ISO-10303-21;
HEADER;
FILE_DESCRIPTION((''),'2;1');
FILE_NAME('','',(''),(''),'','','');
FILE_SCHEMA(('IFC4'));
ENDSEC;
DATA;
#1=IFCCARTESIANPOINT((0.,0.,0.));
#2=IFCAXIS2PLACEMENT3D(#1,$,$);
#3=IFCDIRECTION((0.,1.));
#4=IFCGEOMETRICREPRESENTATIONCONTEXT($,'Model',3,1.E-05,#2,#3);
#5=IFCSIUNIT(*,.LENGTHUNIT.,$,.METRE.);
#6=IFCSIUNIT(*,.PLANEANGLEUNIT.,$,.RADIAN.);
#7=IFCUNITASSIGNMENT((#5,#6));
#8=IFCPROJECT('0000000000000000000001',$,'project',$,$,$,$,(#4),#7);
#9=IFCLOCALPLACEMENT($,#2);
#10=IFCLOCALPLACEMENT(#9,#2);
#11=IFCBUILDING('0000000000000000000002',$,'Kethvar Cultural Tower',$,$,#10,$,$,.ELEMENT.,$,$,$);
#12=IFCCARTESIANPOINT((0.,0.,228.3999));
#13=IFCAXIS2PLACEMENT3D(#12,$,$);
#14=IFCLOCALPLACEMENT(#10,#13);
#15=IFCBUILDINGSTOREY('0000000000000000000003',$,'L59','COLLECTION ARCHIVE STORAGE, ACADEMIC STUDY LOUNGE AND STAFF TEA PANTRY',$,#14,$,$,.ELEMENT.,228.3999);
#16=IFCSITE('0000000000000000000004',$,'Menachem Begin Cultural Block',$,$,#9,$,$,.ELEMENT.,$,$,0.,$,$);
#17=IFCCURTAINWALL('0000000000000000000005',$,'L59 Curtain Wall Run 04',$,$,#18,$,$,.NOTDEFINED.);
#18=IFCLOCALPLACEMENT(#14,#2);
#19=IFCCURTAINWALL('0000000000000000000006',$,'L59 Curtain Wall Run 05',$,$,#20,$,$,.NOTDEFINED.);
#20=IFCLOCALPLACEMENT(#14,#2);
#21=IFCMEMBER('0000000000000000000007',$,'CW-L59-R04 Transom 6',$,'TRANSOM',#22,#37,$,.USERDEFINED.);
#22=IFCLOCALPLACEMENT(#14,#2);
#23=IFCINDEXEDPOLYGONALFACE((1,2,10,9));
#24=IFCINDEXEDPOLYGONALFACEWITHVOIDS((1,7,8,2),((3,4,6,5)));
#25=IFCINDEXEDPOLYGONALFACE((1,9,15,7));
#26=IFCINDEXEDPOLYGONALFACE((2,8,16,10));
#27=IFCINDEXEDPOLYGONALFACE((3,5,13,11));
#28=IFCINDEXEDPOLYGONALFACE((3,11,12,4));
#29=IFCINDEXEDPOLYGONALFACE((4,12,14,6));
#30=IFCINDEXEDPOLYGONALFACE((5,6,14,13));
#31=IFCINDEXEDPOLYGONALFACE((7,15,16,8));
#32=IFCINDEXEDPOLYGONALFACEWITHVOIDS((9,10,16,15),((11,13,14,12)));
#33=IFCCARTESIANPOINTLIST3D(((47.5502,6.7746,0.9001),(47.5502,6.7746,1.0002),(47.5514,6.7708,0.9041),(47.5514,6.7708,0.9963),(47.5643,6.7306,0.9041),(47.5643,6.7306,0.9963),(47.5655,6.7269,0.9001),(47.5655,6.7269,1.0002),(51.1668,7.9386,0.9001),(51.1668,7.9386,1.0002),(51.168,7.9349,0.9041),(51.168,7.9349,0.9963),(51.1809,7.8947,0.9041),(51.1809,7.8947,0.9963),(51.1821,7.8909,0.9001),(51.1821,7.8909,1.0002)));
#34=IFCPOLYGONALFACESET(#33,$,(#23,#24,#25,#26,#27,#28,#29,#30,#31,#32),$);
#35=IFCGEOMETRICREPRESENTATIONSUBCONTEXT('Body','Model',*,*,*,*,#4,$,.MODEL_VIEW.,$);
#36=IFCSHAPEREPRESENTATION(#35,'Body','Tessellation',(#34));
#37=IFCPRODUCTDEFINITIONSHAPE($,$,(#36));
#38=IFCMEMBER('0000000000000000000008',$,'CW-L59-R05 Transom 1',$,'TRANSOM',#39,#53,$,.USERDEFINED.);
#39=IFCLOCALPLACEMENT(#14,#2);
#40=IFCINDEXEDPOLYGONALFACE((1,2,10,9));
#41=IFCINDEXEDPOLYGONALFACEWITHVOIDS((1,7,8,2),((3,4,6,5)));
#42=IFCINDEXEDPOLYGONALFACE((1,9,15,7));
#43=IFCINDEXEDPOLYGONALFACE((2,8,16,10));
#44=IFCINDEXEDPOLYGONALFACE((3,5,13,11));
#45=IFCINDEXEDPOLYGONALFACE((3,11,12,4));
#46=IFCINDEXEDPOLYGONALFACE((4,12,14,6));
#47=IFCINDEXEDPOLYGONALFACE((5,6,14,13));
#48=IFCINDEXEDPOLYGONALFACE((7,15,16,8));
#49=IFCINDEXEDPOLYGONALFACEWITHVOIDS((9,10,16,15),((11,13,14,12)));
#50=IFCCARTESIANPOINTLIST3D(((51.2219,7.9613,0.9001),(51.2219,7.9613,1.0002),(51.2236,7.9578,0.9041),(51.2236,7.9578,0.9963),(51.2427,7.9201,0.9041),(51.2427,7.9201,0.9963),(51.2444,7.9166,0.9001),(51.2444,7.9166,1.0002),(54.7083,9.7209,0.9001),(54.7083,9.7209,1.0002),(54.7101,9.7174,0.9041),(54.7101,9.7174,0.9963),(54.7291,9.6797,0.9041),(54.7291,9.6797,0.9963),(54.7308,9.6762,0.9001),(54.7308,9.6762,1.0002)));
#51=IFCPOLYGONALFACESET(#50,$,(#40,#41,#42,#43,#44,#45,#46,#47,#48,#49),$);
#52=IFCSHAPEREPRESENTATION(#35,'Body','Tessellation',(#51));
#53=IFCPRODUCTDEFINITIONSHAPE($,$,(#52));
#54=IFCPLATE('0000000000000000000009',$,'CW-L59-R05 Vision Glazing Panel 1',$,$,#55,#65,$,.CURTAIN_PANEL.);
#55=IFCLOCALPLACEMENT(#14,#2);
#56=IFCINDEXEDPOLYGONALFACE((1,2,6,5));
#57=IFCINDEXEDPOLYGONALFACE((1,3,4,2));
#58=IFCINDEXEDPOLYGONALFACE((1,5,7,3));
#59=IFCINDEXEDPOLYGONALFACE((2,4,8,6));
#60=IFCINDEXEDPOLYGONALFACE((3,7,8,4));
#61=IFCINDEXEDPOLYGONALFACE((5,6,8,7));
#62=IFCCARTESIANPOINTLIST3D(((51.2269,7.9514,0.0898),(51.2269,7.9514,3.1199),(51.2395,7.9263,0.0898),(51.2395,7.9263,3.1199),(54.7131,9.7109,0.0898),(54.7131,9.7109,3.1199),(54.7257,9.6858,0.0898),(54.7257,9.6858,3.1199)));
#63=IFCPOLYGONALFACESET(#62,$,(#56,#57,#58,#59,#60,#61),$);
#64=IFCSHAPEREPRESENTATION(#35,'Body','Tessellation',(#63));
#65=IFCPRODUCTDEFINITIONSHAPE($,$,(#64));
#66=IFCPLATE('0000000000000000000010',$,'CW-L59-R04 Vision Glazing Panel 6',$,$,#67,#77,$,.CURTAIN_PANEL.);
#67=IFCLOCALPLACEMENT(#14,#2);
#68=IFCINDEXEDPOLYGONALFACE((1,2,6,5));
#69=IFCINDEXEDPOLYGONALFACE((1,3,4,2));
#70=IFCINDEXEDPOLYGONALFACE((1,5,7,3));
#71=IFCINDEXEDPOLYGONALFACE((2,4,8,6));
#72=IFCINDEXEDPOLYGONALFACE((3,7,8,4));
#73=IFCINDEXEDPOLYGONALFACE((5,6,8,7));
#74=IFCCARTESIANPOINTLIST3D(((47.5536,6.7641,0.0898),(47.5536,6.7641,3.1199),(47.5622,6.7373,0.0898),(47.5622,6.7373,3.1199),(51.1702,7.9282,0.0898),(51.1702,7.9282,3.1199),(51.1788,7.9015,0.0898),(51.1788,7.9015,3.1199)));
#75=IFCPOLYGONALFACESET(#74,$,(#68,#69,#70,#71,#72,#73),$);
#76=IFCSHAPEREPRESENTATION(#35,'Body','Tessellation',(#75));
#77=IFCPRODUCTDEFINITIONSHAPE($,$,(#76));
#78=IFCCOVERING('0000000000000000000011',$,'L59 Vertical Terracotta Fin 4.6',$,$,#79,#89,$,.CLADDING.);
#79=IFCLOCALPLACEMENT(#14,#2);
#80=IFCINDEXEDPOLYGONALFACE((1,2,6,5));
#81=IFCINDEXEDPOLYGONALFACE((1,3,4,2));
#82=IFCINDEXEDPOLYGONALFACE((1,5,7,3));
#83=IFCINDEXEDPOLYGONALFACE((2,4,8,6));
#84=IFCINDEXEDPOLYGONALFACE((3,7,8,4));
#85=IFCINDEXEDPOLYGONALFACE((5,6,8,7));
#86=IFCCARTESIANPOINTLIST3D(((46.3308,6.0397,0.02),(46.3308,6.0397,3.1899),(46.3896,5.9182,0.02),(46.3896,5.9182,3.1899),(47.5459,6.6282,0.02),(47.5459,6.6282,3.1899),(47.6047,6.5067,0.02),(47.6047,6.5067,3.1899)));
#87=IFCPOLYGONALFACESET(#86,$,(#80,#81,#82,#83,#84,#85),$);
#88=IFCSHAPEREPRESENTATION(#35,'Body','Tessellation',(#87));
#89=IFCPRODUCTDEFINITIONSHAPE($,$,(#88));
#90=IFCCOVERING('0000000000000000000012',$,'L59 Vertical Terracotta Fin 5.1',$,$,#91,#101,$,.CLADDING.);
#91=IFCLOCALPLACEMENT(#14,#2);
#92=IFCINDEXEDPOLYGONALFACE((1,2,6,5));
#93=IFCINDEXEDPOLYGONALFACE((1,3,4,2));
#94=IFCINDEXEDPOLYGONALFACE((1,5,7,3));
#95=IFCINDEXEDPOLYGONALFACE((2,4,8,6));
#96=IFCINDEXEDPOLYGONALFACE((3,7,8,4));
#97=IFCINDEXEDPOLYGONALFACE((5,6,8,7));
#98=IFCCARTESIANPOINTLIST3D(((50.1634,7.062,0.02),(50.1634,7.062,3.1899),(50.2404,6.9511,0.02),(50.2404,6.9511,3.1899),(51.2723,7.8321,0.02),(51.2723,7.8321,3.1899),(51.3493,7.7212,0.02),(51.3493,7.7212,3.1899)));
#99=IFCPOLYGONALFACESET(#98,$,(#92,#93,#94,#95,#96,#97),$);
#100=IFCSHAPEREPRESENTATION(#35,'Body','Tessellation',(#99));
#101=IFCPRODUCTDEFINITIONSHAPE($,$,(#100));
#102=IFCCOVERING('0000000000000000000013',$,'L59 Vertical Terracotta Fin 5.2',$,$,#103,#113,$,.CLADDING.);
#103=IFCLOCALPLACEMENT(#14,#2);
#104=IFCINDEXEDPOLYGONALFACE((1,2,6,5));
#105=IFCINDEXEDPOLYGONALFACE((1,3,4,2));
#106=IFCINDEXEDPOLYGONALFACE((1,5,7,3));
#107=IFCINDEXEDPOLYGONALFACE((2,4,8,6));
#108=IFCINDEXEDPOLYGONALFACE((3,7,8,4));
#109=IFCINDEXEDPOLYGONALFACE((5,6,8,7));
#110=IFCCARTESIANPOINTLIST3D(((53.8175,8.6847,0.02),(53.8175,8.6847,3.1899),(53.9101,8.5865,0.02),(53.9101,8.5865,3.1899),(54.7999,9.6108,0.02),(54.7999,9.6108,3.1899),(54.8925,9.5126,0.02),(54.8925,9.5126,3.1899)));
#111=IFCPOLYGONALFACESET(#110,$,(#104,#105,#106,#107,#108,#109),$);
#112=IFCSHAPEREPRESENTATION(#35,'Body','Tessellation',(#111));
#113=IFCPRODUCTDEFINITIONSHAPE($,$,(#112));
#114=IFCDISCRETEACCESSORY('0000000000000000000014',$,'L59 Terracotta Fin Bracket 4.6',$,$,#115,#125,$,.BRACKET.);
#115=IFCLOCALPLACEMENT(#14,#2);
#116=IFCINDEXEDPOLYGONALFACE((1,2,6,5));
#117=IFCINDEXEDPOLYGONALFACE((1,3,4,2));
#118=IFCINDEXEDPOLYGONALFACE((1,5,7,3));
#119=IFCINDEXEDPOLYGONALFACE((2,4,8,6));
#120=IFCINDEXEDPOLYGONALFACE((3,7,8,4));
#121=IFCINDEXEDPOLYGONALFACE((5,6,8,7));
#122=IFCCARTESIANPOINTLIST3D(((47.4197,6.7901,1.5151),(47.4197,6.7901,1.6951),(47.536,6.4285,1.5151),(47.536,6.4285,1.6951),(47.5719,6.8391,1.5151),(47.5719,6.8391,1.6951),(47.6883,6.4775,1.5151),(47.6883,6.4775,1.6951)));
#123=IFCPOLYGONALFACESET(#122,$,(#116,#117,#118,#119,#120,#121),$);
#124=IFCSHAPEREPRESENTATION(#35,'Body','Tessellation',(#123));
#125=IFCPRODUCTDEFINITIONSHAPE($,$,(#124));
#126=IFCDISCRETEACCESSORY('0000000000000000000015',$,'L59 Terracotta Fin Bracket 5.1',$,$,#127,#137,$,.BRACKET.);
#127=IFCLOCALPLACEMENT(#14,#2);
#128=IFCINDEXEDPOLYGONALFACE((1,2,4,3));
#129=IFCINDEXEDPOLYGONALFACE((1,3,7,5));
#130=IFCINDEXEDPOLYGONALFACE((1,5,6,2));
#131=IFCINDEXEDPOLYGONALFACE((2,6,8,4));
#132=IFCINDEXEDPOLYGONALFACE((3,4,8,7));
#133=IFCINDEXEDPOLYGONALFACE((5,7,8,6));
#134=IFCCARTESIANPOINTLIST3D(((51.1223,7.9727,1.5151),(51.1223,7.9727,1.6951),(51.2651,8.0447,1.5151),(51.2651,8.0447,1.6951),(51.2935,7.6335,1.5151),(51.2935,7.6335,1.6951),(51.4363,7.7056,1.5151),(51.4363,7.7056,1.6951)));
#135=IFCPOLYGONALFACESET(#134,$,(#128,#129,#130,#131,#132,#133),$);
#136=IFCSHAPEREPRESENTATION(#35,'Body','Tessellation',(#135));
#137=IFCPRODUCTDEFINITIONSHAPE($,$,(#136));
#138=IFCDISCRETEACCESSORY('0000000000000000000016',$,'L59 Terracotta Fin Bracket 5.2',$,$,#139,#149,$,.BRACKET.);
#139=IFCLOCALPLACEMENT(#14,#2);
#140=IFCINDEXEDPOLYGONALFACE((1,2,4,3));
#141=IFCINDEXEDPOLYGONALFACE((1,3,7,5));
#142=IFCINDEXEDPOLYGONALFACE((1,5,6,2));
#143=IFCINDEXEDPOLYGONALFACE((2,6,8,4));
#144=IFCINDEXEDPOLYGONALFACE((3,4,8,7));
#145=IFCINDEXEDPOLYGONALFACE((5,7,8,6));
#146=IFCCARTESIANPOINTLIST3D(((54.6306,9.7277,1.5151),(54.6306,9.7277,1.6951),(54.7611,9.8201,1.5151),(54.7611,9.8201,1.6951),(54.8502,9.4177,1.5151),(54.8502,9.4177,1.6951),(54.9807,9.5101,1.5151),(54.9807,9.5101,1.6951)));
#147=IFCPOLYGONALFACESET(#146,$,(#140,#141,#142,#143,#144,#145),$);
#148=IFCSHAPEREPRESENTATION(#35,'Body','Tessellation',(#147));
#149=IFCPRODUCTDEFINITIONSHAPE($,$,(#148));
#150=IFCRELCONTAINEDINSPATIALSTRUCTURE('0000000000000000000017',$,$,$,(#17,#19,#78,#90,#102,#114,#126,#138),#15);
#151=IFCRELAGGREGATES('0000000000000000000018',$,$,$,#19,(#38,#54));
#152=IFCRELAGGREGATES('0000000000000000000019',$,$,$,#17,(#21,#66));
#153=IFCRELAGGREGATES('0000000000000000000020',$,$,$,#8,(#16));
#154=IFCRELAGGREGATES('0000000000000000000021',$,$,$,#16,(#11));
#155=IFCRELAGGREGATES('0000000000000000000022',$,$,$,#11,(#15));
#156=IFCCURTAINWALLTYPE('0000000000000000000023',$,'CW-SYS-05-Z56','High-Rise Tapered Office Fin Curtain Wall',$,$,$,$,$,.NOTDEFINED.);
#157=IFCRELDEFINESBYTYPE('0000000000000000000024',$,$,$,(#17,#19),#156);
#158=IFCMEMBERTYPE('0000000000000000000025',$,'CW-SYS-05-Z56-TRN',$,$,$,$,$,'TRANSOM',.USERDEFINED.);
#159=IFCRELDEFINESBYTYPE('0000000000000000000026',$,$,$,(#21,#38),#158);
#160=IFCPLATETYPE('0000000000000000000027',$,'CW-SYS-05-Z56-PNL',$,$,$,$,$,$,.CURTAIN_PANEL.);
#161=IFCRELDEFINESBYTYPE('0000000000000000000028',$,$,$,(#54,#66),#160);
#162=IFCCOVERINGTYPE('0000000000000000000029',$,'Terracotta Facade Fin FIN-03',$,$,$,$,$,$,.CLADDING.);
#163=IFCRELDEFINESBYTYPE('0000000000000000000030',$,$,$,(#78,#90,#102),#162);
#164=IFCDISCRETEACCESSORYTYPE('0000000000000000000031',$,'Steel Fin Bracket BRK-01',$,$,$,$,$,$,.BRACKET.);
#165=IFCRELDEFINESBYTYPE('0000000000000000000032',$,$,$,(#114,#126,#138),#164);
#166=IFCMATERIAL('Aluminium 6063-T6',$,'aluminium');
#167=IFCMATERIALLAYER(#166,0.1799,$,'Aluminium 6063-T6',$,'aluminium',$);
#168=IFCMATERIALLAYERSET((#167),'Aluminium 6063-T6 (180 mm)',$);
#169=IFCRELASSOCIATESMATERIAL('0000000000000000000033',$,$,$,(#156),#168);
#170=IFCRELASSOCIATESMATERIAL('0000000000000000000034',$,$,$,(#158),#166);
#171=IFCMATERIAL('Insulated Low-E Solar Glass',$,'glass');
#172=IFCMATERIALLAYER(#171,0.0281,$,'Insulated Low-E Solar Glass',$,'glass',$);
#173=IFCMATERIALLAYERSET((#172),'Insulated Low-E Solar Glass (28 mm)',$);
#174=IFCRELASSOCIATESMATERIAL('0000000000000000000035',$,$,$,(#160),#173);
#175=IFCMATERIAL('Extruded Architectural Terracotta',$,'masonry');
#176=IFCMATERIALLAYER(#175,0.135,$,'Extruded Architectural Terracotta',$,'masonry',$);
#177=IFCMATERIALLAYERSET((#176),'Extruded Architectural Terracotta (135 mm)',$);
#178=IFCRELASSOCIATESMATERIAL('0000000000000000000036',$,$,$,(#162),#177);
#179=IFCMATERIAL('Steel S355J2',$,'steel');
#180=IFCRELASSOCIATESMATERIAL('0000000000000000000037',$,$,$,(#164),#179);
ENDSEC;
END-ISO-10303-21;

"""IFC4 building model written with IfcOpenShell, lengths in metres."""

from ifc_helpers import new_model, si_unit, direction, frame, origin, origin_2d, place, context, subcontext, project, spatial, rectangle, hollow_rectangle, extrude, source, transform, mapped, material, layer, layer_set, material_profile, profile_set, type_object, element, aggregate, save


model = new_model("IFC4")

# Units and contexts
model_context = context("Model", 3, precision=1e-05, world=origin(), true_north=direction((0.0, 1.0)))
body_context = subcontext(model_context, "Body", "Model", "MODEL_VIEW")
ifc_project = project(units=[si_unit("LENGTHUNIT", "METRE"), si_unit("PLANEANGLEUNIT", "RADIAN")], contexts=[model_context])

# Site, building, storey
site_placement = place(None, origin())
site = spatial("IfcSite", under=ifc_project, at=site_placement, Name="Menachem Begin Cultural Block", CompositionType="ELEMENT", RefElevation=0.0)
building_placement = place(site_placement, origin())
building = spatial("IfcBuilding", under=site, at=building_placement, Name="Kethvar Cultural Tower", CompositionType="ELEMENT")
storey_placement = place(building_placement, frame((0.0, 0.0, 228.3999)))
storey = spatial("IfcBuildingStorey", under=building, at=storey_placement, Name="L59", Description="COLLECTION ARCHIVE STORAGE, ACADEMIC STUDY LOUNGE AND STAFF TEA PANTRY", CompositionType="ELEMENT", Elevation=228.3999)

# Shared definitions
ifc_material_1 = material(Name="Steel S355J2", Category="steel")

# Curtain walls
ifc_material_2 = material(Name="Aluminium 6063-T6", Category="aluminium")
ifc_layer_1 = layer(ifc_material_2, 0.1799, Name="Aluminium 6063-T6", Category="aluminium")
ifc_layer_set_1 = layer_set([ifc_layer_1], Name="Aluminium 6063-T6 (180 mm)")
curtain_wall_type = type_object("IfcCurtainWallType", Name="CW-SYS-05-Z56", Description="High-Rise Tapered Office Fin Curtain Wall", PredefinedType="NOTDEFINED", material=ifc_layer_set_1)
curtain_wall_1_placement = place(storey_placement, origin())
curtain_wall_1 = element("IfcCurtainWall", 1, at=curtain_wall_1_placement, inside=storey, type_object=curtain_wall_type, Name="L59 Curtain Wall Run 04", PredefinedType="NOTDEFINED")
curtain_wall_2_placement = place(storey_placement, origin())
curtain_wall_2 = element("IfcCurtainWall", 2, at=curtain_wall_2_placement, inside=storey, type_object=curtain_wall_type, Name="L59 Curtain Wall Run 05", PredefinedType="NOTDEFINED")
ifc_material_profile_1 = material_profile(ifc_material_2, hollow_rectangle(XDim=0.05, YDim=0.1001, WallThickness=0.0039, at=origin_2d()), Name="Aluminium 6063-T6 — RHS100x50x4")
ifc_profile_set_1 = profile_set([ifc_material_profile_1], Name="Aluminium 6063-T6 — RHS100x50x4")
member_type_1 = type_object("IfcMemberType", Name="CW-SYS-05-Z56-TRN", ElementType="TRANSOM", PredefinedType="USERDEFINED", material=ifc_profile_set_1)

# Members
shared_shape_1 = source(origin(), body_context, "Body", "SweptSolid", [
    extrude(hollow_rectangle(XDim=0.05, YDim=0.1001, WallThickness=0.0039, at=origin_2d()), origin(), (0.0, 0.0, 1.0), 3.7993),
])
member_1_placement = place(storey_placement, frame((47.5579, 6.7507, 0.9502), z_axis=(0.951909, 0.306379, 0.0), x_axis=(-0.306379, 0.951909, 0.0)))
member_1 = element("IfcMember", 3, at=member_1_placement, type_object=member_type_1, Name="CW-L59-R04 Transom 6", ObjectType="TRANSOM", PredefinedType="USERDEFINED", context=body_context, shape_type="MappedRepresentation", body=[
    mapped(shared_shape_1, transform((0.0, 0.0, 0.0), scale=1.0)),
])
shared_shape_2 = source(origin(), body_context, "Body", "SweptSolid", [
    extrude(hollow_rectangle(XDim=0.05, YDim=0.1001, WallThickness=0.0039, at=origin_2d()), origin(), (0.0, 0.0, 1.0), 3.9053),
])
member_2_placement = place(storey_placement, frame((51.2332, 7.939, 0.9502), z_axis=(0.892745, 0.450561, 0.0), x_axis=(-0.450561, 0.892745, 0.0)))
member_2 = element("IfcMember", 4, at=member_2_placement, type_object=member_type_1, Name="CW-L59-R05 Transom 1", ObjectType="TRANSOM", PredefinedType="USERDEFINED", context=body_context, shape_type="MappedRepresentation", body=[
    mapped(shared_shape_2, transform((0.0, 0.0, 0.0), scale=1.0)),
])

# Plates
ifc_material_3 = material(Name="Insulated Low-E Solar Glass", Category="glass")
ifc_layer_2 = layer(ifc_material_3, 0.0281, Name="Insulated Low-E Solar Glass", Category="glass")
ifc_layer_set_2 = layer_set([ifc_layer_2], Name="Insulated Low-E Solar Glass (28 mm)")
plate_type = type_object("IfcPlateType", Name="CW-SYS-05-Z56-PNL", PredefinedType="CURTAIN_PANEL", material=ifc_layer_set_2)
shared_shape_3 = source(origin(), body_context, "Body", "SweptSolid", [
    extrude(rectangle(XDim=3.905, YDim=0.0281, at=origin_2d()), origin(), (0.0, 0.0, 1.0), 3.03),
])
plate_1_placement = place(storey_placement, frame((52.9763, 8.8186, 0.0898), z_axis=(0.0, 0.0, 1.0), x_axis=(0.892743, 0.450566, 0.0)))
plate_1 = element("IfcPlate", 5, at=plate_1_placement, type_object=plate_type, Name="CW-L59-R05 Vision Glazing Panel 1", PredefinedType="CURTAIN_PANEL", context=body_context, shape_type="MappedRepresentation", body=[
    mapped(shared_shape_3, transform((0.0, 0.0, 0.0), scale=1.0)),
])
aggregate(curtain_wall_2, [member_2, plate_1])
shared_shape_4 = source(origin(), body_context, "Body", "SweptSolid", [
    extrude(rectangle(XDim=3.7993, YDim=0.0281, at=origin_2d()), origin(), (0.0, 0.0, 1.0), 3.03),
])
plate_2_placement = place(storey_placement, frame((49.3662, 7.3328, 0.0898), z_axis=(0.0, 0.0, 1.0), x_axis=(0.9519, 0.30641, 0.0)))
plate_2 = element("IfcPlate", 6, at=plate_2_placement, type_object=plate_type, Name="CW-L59-R04 Vision Glazing Panel 6", PredefinedType="CURTAIN_PANEL", context=body_context, shape_type="MappedRepresentation", body=[
    mapped(shared_shape_4, transform((0.0, 0.0, 0.0), scale=1.0)),
])
aggregate(curtain_wall_1, [member_1, plate_2])

# Coverings
ifc_material_4 = material(Name="Extruded Architectural Terracotta", Category="masonry")
ifc_layer_3 = layer(ifc_material_4, 0.135, Name="Extruded Architectural Terracotta", Category="masonry")
ifc_layer_set_3 = layer_set([ifc_layer_3], Name="Extruded Architectural Terracotta (135 mm)")
covering_type = type_object("IfcCoveringType", Name="Terracotta Facade Fin FIN-03", PredefinedType="CLADDING", material=ifc_layer_set_3)
shared_shape_5 = source(origin(), body_context, "Body", "SweptSolid", [
    extrude(rectangle(XDim=1.3501, YDim=0.135, at=origin_2d()), origin(), (0.0, 0.0, 1.0), 3.1699),
])
for number, where, z_axis, x_axis, name in (
    (7, (46.9678, 6.2732, 0.02), (0.0, 0.0, 1.0), (-0.900015, -0.43586, 0.0), "L59 Vertical Terracotta Fin 4.6"),
    (8, (50.7563, 7.3916, 0.02), (0.0, 0.0, 1.0), (-0.821348, -0.570427, 0.0), "L59 Vertical Terracotta Fin 5.1"),
    (9, (54.355, 9.0986, 0.02), (0.0, 0.0, 1.0), (-0.727653, -0.685945, 0.0), "L59 Vertical Terracotta Fin 5.2"),
):
    element("IfcCovering", number, at=place(storey_placement, frame(where, z_axis=z_axis, x_axis=x_axis)), inside=storey, type_object=covering_type, Name=name, PredefinedType="CLADDING", context=body_context, shape_type="MappedRepresentation", body=[
        mapped(shared_shape_5, transform((0.0, 0.0, 0.0), scale=1.0)),
    ])

# Discrete accessories
discrete_accessory_type = type_object("IfcDiscreteAccessoryType", Name="Steel Fin Bracket BRK-01", PredefinedType="BRACKET", material=ifc_material_1)
shared_shape_6 = source(origin(), body_context, "Body", "SweptSolid", [
    extrude(rectangle(XDim=0.3799, YDim=0.1599, at=origin_2d()), origin(), (0.0, 0.0, 1.0), 0.1799),
])
for number, where, z_axis, x_axis, name in (
    (10, (47.554, 6.6338, 1.5151), (0.0, 0.0, 1.0), (0.30636, -0.951916, 0.0), "L59 Terracotta Fin Bracket 4.6"),
    (11, (51.2793, 7.8391, 1.5151), (0.0, 0.0, 1.0), (0.450566, -0.892743, 0.0), "L59 Terracotta Fin Bracket 5.1"),
    (12, (54.8057, 9.6189, 1.5151), (0.0, 0.0, 1.0), (0.578, -0.816037, 0.0), "L59 Terracotta Fin Bracket 5.2"),
):
    element("IfcDiscreteAccessory", number, at=place(storey_placement, frame(where, z_axis=z_axis, x_axis=x_axis)), inside=storey, type_object=discrete_accessory_type, Name=name, PredefinedType="BRACKET", context=body_context, shape_type="MappedRepresentation", body=[
        mapped(shared_shape_6, transform((0.0, 0.0, 0.0), scale=1.0)),
    ])

save(model, "model.ifc")
